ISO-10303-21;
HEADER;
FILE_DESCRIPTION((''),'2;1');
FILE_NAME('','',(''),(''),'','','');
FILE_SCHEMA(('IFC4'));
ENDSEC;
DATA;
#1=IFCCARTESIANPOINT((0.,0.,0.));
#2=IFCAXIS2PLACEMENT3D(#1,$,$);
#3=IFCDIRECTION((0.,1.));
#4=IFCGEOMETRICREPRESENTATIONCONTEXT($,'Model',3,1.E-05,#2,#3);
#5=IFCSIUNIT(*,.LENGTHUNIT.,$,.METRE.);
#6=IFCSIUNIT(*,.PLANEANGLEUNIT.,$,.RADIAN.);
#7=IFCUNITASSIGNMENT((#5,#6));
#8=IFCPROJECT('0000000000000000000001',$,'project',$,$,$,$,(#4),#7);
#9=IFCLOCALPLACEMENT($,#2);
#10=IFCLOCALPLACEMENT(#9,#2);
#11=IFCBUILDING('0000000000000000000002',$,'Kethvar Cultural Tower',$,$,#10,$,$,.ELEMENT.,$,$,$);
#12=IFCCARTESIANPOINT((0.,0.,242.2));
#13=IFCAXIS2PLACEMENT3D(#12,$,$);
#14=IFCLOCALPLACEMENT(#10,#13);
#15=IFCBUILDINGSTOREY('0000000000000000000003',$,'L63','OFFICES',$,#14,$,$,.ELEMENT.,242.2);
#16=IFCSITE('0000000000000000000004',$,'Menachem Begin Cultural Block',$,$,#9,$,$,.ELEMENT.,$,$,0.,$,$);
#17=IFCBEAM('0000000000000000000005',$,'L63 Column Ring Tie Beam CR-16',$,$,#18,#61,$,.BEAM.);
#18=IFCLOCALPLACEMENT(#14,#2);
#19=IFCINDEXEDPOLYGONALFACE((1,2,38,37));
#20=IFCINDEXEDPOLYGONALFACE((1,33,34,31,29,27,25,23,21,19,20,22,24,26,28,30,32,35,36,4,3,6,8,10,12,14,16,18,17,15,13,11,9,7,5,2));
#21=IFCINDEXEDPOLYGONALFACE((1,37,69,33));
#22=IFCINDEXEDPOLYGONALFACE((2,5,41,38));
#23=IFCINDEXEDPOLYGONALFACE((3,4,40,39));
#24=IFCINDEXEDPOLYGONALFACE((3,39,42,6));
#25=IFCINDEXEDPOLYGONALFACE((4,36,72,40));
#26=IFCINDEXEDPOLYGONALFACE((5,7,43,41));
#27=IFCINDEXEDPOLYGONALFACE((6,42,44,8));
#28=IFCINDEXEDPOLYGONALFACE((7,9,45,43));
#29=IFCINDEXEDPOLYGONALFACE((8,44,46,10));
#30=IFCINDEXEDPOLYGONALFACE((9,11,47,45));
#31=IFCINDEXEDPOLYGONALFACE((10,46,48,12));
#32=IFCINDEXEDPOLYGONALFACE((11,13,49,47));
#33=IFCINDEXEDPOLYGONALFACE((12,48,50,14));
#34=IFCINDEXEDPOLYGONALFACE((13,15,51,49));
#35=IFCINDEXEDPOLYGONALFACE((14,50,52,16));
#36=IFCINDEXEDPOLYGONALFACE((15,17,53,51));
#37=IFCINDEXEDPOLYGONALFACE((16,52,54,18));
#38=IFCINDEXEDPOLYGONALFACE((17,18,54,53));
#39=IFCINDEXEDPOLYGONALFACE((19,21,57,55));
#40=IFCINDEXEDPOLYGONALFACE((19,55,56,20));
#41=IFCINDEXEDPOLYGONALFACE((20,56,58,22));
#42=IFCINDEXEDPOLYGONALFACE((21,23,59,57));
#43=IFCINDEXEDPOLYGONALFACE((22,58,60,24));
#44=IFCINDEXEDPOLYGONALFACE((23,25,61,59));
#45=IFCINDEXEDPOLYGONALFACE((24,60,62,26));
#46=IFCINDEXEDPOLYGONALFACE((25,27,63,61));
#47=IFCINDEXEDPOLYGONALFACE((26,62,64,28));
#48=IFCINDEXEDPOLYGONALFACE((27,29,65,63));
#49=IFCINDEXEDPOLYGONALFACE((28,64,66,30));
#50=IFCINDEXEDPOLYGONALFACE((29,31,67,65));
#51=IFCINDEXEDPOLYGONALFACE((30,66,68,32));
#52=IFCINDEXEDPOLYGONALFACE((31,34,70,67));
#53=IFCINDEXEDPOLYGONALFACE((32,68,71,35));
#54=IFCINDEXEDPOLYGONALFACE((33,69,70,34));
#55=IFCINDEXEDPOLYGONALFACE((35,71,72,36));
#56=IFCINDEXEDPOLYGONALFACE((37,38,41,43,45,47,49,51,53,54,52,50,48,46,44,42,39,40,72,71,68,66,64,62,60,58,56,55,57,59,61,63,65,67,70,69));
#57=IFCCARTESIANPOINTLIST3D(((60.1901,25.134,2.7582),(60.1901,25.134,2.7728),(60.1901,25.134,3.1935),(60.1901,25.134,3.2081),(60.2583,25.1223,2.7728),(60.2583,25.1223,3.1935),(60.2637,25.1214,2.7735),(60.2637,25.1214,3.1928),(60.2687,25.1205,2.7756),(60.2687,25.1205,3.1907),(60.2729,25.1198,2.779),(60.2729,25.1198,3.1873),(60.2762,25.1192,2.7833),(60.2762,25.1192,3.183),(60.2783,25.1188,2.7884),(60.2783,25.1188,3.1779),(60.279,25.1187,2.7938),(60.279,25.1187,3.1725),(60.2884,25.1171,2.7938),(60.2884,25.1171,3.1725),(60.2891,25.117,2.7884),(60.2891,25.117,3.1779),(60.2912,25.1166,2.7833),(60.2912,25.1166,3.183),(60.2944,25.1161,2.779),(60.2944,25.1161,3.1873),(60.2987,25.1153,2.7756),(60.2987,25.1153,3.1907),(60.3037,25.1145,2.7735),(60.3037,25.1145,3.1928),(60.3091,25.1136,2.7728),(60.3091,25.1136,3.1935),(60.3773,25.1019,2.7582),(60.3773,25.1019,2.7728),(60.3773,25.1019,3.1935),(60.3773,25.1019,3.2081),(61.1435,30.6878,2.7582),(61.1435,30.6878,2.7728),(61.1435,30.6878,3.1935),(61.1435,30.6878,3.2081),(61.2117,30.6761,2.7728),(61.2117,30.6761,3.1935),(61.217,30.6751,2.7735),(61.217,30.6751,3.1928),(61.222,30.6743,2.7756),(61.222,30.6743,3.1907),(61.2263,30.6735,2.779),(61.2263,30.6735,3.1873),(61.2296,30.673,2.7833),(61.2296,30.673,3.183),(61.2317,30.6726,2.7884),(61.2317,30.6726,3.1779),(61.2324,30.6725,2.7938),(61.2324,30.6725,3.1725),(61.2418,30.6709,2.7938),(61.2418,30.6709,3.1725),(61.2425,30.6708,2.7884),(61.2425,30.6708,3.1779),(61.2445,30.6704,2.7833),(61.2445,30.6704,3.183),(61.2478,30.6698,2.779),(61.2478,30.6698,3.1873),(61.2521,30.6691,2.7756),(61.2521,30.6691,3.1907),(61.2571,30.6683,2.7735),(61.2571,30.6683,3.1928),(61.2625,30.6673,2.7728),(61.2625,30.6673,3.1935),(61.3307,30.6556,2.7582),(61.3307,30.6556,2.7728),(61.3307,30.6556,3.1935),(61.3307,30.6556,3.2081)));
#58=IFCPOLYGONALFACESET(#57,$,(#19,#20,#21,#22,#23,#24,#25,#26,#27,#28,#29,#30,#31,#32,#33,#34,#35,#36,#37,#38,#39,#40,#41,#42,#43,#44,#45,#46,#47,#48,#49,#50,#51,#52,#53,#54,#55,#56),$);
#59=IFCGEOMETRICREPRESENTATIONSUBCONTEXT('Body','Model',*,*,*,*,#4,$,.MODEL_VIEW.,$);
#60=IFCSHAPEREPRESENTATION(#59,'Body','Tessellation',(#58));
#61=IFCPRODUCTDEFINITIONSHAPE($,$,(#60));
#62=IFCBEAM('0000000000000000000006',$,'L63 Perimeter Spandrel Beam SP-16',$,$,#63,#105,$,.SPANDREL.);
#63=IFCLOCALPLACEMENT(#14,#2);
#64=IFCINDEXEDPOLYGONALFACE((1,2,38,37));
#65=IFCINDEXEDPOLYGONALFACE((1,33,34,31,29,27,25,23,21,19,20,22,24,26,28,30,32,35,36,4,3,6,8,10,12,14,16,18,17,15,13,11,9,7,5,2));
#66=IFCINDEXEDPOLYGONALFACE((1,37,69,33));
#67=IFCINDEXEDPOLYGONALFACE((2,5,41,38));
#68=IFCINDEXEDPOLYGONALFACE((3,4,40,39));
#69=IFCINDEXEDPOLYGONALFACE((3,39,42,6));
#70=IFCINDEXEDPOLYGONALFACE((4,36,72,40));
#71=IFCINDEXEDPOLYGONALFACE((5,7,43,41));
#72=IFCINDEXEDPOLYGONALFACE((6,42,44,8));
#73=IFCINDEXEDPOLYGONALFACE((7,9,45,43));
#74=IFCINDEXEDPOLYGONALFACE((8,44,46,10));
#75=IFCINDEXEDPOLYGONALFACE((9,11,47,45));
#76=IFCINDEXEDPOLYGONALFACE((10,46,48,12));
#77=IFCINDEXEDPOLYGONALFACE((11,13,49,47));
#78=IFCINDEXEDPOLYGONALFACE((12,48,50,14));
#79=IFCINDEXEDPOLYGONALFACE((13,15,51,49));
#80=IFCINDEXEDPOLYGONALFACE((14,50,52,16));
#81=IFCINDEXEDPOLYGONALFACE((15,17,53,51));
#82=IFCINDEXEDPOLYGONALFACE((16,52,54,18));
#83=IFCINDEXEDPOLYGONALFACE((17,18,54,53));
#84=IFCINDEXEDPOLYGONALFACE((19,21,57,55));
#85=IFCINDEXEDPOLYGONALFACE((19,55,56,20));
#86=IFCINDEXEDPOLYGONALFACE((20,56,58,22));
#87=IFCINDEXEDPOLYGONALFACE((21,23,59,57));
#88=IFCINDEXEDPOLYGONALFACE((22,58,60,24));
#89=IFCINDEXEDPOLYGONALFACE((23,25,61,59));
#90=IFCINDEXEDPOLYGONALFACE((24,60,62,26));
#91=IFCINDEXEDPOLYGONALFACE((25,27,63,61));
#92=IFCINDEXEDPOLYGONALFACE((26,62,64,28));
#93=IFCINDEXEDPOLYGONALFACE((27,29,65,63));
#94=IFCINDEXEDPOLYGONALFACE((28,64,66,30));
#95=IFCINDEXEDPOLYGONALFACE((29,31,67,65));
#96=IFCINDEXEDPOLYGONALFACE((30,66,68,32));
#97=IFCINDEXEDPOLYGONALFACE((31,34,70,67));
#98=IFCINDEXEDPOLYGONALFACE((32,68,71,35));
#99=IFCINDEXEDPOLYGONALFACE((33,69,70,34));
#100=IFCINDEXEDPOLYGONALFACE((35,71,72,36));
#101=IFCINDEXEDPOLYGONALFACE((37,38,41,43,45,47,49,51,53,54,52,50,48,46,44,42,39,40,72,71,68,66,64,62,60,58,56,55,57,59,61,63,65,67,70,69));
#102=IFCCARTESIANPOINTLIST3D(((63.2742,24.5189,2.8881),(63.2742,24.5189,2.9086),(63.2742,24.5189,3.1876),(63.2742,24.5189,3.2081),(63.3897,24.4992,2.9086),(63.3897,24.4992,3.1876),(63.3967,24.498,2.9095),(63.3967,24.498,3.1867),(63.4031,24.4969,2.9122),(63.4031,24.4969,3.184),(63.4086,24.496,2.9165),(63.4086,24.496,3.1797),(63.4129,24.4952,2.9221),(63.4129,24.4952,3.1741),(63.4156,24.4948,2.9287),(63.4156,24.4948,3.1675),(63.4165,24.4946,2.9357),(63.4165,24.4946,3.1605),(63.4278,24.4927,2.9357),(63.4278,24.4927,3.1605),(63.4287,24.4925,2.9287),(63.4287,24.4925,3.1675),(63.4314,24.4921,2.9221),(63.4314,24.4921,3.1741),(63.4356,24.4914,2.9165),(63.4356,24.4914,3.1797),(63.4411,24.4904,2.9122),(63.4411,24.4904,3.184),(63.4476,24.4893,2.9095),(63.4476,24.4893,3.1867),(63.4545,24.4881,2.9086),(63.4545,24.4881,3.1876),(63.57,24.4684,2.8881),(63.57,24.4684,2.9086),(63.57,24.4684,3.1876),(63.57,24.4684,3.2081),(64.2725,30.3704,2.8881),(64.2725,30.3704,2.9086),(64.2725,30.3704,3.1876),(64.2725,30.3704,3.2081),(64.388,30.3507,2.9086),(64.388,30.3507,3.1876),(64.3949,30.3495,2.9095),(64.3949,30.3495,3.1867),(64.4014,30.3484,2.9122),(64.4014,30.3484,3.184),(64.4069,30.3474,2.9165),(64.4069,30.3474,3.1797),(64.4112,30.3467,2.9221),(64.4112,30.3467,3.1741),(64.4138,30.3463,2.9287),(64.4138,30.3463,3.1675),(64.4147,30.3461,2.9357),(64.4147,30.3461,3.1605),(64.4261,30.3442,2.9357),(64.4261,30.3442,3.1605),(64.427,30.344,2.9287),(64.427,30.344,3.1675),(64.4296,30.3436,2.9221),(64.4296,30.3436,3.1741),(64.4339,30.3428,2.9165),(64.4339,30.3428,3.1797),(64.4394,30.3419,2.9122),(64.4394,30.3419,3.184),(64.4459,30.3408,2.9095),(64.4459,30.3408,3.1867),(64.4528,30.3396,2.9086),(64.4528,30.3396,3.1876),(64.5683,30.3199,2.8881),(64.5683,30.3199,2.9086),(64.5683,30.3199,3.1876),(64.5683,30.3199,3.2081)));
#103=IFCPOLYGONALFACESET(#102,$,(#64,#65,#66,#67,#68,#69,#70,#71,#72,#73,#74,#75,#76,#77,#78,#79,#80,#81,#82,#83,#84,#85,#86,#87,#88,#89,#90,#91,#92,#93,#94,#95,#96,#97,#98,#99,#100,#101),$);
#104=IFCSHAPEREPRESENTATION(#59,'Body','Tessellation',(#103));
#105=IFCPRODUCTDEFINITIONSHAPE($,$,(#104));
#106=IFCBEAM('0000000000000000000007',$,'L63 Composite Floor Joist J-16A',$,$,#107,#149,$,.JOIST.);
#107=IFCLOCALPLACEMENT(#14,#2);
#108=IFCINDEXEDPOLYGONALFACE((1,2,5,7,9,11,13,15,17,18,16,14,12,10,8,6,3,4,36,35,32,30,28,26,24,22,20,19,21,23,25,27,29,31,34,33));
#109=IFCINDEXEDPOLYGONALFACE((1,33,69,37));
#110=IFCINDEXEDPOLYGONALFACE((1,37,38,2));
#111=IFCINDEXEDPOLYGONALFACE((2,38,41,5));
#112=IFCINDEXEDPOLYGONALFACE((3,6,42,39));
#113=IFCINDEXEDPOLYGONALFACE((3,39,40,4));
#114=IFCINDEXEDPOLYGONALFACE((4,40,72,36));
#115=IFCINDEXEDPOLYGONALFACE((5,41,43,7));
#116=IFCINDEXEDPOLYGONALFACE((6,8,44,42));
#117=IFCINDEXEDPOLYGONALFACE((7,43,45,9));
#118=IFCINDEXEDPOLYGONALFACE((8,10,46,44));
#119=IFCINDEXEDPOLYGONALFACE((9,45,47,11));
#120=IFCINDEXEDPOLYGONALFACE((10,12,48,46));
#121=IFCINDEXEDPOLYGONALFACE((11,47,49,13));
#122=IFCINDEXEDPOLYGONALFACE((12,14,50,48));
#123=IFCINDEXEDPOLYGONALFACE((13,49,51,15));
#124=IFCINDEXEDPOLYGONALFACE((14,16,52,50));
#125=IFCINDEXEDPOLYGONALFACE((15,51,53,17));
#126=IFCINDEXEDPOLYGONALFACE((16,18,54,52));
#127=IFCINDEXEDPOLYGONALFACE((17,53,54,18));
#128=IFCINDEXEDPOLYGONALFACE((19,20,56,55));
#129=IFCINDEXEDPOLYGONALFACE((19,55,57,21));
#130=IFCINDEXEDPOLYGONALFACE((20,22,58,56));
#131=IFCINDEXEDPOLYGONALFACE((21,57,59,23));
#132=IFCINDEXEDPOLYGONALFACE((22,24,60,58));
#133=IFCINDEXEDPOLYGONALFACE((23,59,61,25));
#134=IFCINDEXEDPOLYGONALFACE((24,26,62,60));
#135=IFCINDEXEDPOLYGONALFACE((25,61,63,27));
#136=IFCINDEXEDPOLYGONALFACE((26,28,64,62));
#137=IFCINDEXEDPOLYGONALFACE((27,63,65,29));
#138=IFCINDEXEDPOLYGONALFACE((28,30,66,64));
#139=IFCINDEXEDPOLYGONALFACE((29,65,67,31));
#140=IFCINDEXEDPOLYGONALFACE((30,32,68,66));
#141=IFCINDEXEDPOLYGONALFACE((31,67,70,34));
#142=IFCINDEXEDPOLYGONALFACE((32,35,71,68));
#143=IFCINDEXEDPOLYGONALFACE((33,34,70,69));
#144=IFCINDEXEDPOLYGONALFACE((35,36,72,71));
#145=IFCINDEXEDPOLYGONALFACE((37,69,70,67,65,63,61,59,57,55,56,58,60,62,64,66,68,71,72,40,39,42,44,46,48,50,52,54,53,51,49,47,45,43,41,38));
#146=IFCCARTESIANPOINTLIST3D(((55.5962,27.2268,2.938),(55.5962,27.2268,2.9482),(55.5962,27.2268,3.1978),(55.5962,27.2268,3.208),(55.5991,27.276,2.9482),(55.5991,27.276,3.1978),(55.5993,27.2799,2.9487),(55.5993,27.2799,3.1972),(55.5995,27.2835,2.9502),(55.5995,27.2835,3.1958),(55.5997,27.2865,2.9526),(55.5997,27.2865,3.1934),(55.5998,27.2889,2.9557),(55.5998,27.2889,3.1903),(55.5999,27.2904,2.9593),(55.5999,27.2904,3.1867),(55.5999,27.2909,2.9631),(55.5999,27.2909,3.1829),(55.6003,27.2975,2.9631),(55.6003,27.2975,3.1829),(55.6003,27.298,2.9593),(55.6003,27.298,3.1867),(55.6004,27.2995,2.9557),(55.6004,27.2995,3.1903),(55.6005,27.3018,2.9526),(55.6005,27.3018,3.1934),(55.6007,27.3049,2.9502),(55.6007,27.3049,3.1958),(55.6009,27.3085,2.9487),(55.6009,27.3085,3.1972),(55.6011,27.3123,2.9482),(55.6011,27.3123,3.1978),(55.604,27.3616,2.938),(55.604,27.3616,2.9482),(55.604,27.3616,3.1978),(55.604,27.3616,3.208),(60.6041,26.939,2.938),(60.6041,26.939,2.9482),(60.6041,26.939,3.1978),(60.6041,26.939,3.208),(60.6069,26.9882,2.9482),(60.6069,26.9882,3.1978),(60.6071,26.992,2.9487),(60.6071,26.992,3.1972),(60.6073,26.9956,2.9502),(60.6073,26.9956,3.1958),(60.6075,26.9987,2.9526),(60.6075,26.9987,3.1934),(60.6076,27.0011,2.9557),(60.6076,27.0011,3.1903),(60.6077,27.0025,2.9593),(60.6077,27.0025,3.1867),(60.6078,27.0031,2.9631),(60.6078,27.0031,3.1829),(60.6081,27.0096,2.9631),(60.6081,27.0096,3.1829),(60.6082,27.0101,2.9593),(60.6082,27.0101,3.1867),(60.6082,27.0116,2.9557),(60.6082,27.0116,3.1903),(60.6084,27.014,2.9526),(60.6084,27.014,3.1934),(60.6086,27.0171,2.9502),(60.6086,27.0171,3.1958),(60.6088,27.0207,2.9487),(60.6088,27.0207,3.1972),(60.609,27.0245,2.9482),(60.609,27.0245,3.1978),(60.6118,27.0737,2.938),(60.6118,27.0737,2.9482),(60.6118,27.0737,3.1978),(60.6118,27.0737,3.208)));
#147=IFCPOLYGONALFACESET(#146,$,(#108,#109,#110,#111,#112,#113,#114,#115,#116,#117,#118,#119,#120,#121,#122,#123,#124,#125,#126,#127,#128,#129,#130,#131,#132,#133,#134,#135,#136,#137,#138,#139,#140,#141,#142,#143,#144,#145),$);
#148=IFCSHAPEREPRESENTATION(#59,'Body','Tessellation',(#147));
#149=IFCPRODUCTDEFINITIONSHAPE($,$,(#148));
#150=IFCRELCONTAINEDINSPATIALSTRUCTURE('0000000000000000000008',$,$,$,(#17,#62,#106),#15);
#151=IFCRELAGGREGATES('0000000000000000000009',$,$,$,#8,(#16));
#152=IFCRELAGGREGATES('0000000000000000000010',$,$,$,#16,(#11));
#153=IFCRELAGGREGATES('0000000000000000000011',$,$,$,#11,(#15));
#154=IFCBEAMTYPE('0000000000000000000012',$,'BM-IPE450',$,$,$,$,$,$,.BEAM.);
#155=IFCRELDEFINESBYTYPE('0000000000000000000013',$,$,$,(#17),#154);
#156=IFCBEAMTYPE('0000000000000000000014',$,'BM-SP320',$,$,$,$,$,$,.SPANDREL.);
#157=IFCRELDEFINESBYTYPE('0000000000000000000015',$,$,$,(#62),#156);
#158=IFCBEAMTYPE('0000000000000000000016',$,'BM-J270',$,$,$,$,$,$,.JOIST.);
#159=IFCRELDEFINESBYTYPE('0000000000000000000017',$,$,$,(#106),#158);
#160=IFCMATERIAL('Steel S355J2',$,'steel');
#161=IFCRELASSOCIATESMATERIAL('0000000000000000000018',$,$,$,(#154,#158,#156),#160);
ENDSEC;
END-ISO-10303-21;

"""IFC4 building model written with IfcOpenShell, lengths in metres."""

from ifc_helpers import new_model, si_unit, direction, frame, origin, origin_2d, place, context, subcontext, project, spatial, i_section, extrude, source, transform, mapped, material, material_profile, profile_set, type_object, element, save


model = new_model("IFC4")

# Units and contexts
model_context = context("Model", 3, precision=1e-05, world=origin(), true_north=direction((0.0, 1.0)))
body_context = subcontext(model_context, "Body", "Model", "MODEL_VIEW")
ifc_project = project(units=[si_unit("LENGTHUNIT", "METRE"), si_unit("PLANEANGLEUNIT", "RADIAN")], contexts=[model_context])

# Site, building, storey
site_placement = place(None, origin())
site = spatial("IfcSite", under=ifc_project, at=site_placement, Name="Menachem Begin Cultural Block", CompositionType="ELEMENT", RefElevation=0.0)
building_placement = place(site_placement, origin())
building = spatial("IfcBuilding", under=site, at=building_placement, Name="Kethvar Cultural Tower", CompositionType="ELEMENT")
storey_placement = place(building_placement, frame((0.0, 0.0, 242.2)))
storey = spatial("IfcBuildingStorey", under=building, at=storey_placement, Name="L63", Description="OFFICES", CompositionType="ELEMENT", Elevation=242.2)

# Beams
ifc_material_1 = material(Name="Steel S355J2", Category="steel")
ifc_material_profile_1 = material_profile(ifc_material_1, i_section(OverallWidth=0.1899, OverallDepth=0.45, WebThickness=0.0095, FlangeThickness=0.0146, FilletRadius=0.021, at=origin_2d()), Name="Steel S355J2 — IPE450")
ifc_profile_set_1 = profile_set([ifc_material_profile_1], Name="Steel S355J2 — IPE450")
beam_type_1 = type_object("IfcBeamType", Name="BM-IPE450", PredefinedType="BEAM", material=ifc_profile_set_1)
ifc_material_profile_2 = material_profile(ifc_material_1, i_section(OverallWidth=0.135, OverallDepth=0.27, WebThickness=0.0066, FlangeThickness=0.0103, FilletRadius=0.0149, at=origin_2d()), Name="Steel S355J2 — IPE270")
ifc_profile_set_2 = profile_set([ifc_material_profile_2], Name="Steel S355J2 — IPE270")
beam_type_2 = type_object("IfcBeamType", Name="BM-J270", PredefinedType="JOIST", material=ifc_profile_set_2)
shared_shape_1 = source(origin(), body_context, "Body", "SweptSolid", [
    extrude(i_section(OverallWidth=0.1899, OverallDepth=0.45, WebThickness=0.0095, FlangeThickness=0.0146, FilletRadius=0.021, at=origin_2d()), origin(), (0.0, 0.0, 1.0), 5.635),
])
beam_1_placement = place(storey_placement, frame((60.2837, 25.1179, 2.9832), z_axis=(0.169189, 0.985584, 0.0), x_axis=(-0.985584, 0.169189, 0.0)))
element("IfcBeam", 1, at=beam_1_placement, inside=storey, type_object=beam_type_1, Name="L63 Column Ring Tie Beam CR-16", PredefinedType="BEAM", context=body_context, shape_type="MappedRepresentation", body=[
    mapped(shared_shape_1, transform((0.0, 0.0, 0.0), scale=1.0)),
])
ifc_material_profile_3 = material_profile(ifc_material_1, i_section(OverallWidth=0.3, OverallDepth=0.3201, WebThickness=0.0115, FlangeThickness=0.0205, FilletRadius=0.0271, at=origin_2d()), Name="Steel S355J2 — HEB320")
ifc_profile_set_3 = profile_set([ifc_material_profile_3], Name="Steel S355J2 — HEB320")
beam_type_3 = type_object("IfcBeamType", Name="BM-SP320", PredefinedType="SPANDREL", material=ifc_profile_set_3)
shared_shape_2 = source(origin(), body_context, "Body", "SweptSolid", [
    extrude(i_section(OverallWidth=0.3, OverallDepth=0.3201, WebThickness=0.0115, FlangeThickness=0.0205, FilletRadius=0.0271, at=origin_2d()), origin(), (0.0, 0.0, 1.0), 5.936),
])
beam_2_placement = place(storey_placement, frame((63.4221, 24.4937, 3.0481), z_axis=(0.168173, 0.985758, 0.0), x_axis=(-0.985758, 0.168173, 0.0)))
element("IfcBeam", 2, at=beam_2_placement, inside=storey, type_object=beam_type_3, Name="L63 Perimeter Spandrel Beam SP-16", PredefinedType="SPANDREL", context=body_context, shape_type="MappedRepresentation", body=[
    mapped(shared_shape_2, transform((0.0, 0.0, 0.0), scale=1.0)),
])
shared_shape_3 = source(origin(), body_context, "Body", "SweptSolid", [
    extrude(i_section(OverallWidth=0.135, OverallDepth=0.27, WebThickness=0.0066, FlangeThickness=0.0103, FilletRadius=0.0149, at=origin_2d()), origin(), (0.0, 0.0, 1.0), 5.0161),
])
beam_3_placement = place(storey_placement, frame((55.6001, 27.2942, 3.073), z_axis=(0.998352, -0.057384, 0.0), x_axis=(0.057384, 0.998352, 0.0)))
element("IfcBeam", 3, at=beam_3_placement, inside=storey, type_object=beam_type_2, Name="L63 Composite Floor Joist J-16A", PredefinedType="JOIST", context=body_context, shape_type="MappedRepresentation", body=[
    mapped(shared_shape_3, transform((0.0, 0.0, 0.0), scale=1.0)),
])

save(model, "model.ifc")
